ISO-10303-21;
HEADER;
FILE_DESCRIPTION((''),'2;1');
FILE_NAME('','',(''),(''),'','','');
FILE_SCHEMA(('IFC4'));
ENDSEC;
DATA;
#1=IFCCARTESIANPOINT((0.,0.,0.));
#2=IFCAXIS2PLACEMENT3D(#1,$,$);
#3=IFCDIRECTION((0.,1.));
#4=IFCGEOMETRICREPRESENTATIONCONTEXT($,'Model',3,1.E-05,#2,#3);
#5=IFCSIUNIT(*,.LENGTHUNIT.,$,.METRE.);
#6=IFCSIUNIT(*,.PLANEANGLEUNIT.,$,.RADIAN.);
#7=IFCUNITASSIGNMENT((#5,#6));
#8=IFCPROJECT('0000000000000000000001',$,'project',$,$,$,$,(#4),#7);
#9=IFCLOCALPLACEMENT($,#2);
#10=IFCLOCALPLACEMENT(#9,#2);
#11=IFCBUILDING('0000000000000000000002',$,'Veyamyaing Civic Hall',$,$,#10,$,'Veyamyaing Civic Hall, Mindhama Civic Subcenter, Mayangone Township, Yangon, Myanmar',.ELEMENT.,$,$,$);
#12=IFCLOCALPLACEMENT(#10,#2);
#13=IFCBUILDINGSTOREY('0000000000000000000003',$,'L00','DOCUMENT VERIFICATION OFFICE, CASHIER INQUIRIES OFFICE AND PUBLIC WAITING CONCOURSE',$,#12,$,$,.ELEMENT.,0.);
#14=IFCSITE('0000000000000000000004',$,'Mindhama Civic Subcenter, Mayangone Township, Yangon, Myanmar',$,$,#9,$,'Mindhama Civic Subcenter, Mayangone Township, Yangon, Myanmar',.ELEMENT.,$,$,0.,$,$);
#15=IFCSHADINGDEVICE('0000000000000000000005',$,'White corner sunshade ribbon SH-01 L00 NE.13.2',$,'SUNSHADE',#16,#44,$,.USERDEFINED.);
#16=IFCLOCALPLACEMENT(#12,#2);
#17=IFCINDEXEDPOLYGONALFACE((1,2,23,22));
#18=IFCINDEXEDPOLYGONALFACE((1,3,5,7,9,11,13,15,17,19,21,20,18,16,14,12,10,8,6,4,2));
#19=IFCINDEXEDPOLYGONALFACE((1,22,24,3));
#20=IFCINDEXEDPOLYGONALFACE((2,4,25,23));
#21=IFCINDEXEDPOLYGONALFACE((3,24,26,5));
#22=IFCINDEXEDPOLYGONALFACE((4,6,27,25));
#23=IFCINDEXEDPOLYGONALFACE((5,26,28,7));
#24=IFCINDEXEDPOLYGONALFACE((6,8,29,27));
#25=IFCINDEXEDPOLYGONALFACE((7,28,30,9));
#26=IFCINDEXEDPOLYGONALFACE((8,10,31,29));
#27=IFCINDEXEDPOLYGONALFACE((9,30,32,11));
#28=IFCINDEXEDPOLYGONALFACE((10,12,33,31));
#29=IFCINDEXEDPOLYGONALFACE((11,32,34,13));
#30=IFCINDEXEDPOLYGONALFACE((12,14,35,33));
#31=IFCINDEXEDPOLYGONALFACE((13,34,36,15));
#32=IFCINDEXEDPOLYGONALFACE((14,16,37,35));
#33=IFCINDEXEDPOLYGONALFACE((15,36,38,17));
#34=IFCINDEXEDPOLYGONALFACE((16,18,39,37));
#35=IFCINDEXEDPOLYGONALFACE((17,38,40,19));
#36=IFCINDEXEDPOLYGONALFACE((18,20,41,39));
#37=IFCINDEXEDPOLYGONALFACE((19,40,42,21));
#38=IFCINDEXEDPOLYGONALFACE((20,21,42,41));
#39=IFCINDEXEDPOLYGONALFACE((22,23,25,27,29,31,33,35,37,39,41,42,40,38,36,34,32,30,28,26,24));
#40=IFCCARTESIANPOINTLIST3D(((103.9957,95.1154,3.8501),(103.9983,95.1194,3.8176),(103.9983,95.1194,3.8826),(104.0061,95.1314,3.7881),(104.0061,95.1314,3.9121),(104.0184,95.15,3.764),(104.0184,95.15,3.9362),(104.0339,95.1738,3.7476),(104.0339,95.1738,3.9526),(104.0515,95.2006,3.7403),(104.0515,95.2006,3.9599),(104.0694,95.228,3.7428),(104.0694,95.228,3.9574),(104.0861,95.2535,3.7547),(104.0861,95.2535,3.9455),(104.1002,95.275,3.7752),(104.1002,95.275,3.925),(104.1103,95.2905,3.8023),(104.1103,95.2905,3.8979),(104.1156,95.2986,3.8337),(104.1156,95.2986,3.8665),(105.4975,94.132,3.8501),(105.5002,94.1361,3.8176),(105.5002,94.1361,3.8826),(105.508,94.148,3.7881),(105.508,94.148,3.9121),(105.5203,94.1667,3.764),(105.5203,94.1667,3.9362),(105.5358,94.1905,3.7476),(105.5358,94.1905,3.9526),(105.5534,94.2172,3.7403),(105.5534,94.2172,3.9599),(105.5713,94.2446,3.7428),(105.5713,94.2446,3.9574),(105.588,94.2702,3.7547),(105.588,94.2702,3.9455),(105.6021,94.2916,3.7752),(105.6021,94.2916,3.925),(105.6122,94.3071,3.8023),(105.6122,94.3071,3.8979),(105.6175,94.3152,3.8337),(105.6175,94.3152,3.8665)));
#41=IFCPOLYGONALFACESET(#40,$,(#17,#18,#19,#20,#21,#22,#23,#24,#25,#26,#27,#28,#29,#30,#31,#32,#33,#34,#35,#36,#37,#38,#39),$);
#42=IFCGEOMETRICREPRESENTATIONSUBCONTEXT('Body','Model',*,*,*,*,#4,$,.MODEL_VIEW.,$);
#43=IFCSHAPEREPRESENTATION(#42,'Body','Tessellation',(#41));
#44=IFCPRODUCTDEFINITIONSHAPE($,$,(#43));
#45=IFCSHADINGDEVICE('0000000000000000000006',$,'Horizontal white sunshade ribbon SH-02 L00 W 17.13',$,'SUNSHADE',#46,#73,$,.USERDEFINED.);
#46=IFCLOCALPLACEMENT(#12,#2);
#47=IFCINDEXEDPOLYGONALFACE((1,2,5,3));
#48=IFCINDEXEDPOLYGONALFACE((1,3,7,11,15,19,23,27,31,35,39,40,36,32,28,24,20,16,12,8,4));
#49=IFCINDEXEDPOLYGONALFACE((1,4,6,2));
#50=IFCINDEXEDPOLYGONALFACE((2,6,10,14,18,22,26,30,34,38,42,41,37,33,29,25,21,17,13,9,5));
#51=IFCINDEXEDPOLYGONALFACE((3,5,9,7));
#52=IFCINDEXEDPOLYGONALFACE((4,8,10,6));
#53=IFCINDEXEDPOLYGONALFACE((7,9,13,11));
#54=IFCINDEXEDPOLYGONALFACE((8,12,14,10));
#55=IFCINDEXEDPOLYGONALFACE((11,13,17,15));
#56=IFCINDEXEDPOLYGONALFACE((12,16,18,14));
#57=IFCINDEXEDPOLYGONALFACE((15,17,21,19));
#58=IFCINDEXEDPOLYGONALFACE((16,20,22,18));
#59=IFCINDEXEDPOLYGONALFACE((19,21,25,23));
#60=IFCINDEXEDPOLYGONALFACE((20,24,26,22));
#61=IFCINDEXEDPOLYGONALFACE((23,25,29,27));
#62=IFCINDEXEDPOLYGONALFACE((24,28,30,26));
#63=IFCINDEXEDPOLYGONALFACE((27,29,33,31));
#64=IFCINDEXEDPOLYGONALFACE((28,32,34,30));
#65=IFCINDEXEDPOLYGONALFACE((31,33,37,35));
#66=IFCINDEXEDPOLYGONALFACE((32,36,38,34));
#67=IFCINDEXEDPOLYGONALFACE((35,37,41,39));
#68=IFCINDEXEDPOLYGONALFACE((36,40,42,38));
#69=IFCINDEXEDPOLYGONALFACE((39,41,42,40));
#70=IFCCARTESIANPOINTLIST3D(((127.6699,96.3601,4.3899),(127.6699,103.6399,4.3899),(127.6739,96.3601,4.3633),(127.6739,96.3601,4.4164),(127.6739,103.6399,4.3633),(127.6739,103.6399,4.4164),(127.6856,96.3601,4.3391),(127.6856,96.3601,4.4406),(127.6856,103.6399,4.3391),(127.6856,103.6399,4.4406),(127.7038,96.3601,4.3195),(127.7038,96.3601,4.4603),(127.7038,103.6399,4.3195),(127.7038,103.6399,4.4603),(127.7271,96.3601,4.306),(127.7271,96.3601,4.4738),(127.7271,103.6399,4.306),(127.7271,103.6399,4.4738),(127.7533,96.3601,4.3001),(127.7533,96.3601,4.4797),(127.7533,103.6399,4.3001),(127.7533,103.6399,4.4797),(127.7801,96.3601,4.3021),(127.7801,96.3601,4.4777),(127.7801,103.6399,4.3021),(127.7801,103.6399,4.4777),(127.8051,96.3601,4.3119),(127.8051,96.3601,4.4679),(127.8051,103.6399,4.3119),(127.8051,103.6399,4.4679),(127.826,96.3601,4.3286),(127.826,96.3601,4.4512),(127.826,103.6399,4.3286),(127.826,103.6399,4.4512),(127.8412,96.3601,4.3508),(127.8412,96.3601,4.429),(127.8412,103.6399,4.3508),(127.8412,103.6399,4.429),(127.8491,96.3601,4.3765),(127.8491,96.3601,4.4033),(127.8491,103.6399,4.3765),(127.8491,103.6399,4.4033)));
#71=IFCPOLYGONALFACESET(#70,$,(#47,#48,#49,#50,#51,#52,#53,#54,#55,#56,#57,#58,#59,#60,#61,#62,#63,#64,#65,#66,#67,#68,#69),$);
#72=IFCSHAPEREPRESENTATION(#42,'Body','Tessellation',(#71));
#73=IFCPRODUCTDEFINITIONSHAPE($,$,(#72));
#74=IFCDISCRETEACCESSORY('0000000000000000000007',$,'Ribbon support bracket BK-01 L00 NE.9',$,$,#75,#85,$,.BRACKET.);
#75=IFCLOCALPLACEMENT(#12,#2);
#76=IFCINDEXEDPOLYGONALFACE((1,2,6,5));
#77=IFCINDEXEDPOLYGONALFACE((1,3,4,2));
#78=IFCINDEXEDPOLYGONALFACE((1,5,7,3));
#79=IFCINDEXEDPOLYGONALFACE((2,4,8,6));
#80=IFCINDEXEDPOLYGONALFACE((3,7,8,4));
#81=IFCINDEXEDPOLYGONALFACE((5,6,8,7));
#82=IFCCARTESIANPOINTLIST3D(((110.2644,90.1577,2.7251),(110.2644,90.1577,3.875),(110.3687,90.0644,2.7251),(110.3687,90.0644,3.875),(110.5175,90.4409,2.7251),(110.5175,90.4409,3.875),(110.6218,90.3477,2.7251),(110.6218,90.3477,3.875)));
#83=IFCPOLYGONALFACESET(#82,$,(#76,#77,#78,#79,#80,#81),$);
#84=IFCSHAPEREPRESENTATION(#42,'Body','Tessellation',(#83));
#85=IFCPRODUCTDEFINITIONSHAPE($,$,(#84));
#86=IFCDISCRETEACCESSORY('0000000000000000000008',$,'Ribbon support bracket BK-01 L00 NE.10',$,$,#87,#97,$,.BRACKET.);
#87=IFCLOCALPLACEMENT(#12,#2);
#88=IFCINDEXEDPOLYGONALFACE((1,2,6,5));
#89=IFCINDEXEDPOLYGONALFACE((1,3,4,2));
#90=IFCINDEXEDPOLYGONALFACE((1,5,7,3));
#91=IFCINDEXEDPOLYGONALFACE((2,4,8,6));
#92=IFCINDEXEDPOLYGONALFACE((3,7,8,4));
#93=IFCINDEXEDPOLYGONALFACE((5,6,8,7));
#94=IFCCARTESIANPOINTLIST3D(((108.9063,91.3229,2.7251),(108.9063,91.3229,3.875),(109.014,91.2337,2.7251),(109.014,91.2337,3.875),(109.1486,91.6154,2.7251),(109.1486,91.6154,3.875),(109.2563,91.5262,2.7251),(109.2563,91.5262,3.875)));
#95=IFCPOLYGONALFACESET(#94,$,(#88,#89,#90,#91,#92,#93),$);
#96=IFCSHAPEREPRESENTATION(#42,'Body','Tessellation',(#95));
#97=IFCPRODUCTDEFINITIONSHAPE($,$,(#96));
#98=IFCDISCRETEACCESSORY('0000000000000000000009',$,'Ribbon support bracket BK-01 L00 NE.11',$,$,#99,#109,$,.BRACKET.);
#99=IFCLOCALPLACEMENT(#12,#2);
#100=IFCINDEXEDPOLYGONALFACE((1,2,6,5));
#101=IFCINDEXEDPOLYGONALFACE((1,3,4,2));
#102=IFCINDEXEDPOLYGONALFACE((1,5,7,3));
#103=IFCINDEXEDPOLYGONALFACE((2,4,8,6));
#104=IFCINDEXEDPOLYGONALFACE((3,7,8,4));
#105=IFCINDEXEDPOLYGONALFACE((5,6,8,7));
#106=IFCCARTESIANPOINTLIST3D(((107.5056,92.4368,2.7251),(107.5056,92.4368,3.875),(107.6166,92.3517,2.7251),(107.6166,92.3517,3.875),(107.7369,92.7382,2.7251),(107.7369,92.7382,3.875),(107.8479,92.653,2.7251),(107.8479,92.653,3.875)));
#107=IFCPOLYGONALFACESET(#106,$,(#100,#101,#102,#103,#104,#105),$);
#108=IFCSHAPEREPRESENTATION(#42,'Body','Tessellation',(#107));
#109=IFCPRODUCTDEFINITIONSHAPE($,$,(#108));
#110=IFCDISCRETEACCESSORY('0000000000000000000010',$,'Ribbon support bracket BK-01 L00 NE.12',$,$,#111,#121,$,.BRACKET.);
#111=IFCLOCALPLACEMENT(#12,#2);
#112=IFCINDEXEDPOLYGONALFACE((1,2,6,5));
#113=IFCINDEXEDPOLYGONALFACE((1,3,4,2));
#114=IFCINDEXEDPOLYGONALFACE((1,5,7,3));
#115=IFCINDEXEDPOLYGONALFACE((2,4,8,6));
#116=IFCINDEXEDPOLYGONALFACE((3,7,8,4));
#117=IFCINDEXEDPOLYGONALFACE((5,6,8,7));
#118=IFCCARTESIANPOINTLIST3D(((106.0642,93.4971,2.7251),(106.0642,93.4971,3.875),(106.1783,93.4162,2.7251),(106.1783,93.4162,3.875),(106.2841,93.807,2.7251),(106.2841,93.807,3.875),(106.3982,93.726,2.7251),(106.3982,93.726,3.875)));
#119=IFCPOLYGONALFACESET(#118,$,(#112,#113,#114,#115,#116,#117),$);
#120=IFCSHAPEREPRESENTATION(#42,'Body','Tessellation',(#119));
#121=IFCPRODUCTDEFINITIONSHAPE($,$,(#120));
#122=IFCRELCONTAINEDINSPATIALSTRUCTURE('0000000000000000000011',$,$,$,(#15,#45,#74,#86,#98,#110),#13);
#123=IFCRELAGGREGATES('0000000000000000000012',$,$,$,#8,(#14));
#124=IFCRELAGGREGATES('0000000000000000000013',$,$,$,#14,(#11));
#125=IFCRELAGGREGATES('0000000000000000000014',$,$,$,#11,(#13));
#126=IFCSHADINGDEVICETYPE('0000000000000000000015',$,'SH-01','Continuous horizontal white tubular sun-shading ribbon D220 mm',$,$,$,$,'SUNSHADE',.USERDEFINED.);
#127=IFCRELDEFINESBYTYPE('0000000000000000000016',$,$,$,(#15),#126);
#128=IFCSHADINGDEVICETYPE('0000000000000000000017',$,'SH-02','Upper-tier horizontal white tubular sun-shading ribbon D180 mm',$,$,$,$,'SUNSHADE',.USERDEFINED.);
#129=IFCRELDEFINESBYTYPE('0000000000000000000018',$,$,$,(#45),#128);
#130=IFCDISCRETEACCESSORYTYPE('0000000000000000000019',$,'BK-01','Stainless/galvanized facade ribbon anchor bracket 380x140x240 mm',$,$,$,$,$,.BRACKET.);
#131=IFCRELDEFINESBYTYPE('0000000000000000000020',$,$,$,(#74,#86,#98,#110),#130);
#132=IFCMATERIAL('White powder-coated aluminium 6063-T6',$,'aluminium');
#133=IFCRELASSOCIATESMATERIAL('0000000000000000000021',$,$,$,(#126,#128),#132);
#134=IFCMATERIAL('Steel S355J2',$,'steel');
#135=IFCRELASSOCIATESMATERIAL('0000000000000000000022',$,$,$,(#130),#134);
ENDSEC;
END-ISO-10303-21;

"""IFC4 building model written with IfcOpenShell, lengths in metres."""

from ifc_helpers import new_model, si_unit, direction, frame, origin, origin_2d, place, context, subcontext, project, spatial, rectangle, circle, extrude, material, material_profile, profile_set, type_object, element, save


model = new_model("IFC4")

# Units and contexts
model_context = context("Model", 3, precision=1e-05, world=origin(), true_north=direction((0.0, 1.0)))
body_context = subcontext(model_context, "Body", "Model", "MODEL_VIEW")
ifc_project = project(units=[si_unit("LENGTHUNIT", "METRE"), si_unit("PLANEANGLEUNIT", "RADIAN")], contexts=[model_context])

# Site, building, storey
site_placement = place(None, origin())
site = spatial("IfcSite", under=ifc_project, at=site_placement, Name="Mindhama Civic Subcenter, Mayangone Township, Yangon, Myanmar", LongName="Mindhama Civic Subcenter, Mayangone Township, Yangon, Myanmar", CompositionType="ELEMENT", RefElevation=0.0)
building_placement = place(site_placement, origin())
building = spatial("IfcBuilding", under=site, at=building_placement, Name="Veyamyaing Civic Hall", LongName="Veyamyaing Civic Hall, Mindhama Civic Subcenter, Mayangone Township, Yangon, Myanmar", CompositionType="ELEMENT")
storey_placement = place(building_placement, origin())
storey = spatial("IfcBuildingStorey", under=building, at=storey_placement, Name="L00", Description="DOCUMENT VERIFICATION OFFICE, CASHIER INQUIRIES OFFICE AND PUBLIC WAITING CONCOURSE", CompositionType="ELEMENT", Elevation=0.0)

# Shared definitions
ifc_material_1 = material(Name="White powder-coated aluminium 6063-T6", Category="aluminium")

# Shared definitions
ifc_material_2 = material(Name="Steel S355J2", Category="steel")

# Shading devices
ifc_material_profile_1 = material_profile(ifc_material_1, circle(Radius=0.1101, at=origin_2d()), Name="SHADE-TUBE-220")
ifc_profile_set_1 = profile_set([ifc_material_profile_1], Name="White powder-coated aluminium 6063-T6")
shading_device_type_1 = type_object("IfcShadingDeviceType", Name="SH-01", Description="Continuous horizontal white tubular sun-shading ribbon D220 mm", ElementType="SUNSHADE", PredefinedType="USERDEFINED", material=ifc_profile_set_1)
for number, where, z_axis, x_axis, name in (
    (1, (105.5579, 94.2241, 3.8501), (-0.836624, 0.547777, 0.0), (-0.547777, -0.836624, 0.0), "White corner sunshade ribbon SH-01 L00 NE.13.2"),
):
    element("IfcShadingDevice", number, at=place(storey_placement, frame(where, z_axis=z_axis, x_axis=x_axis)), inside=storey, type_object=shading_device_type_1, Name=name, ObjectType="SUNSHADE", PredefinedType="USERDEFINED", context=body_context, shape_type="SweptSolid", body=[
        extrude(circle(Radius=0.1101, at=origin_2d()), origin(), (0.0, 0.0, 1.0), 1.7952),
    ])
ifc_material_profile_2 = material_profile(ifc_material_1, circle(Radius=0.0901, at=origin_2d()), Name="SHADE-TUBE-180")
ifc_profile_set_2 = profile_set([ifc_material_profile_2], Name="White powder-coated aluminium 6063-T6")
shading_device_type_2 = type_object("IfcShadingDeviceType", Name="SH-02", Description="Upper-tier horizontal white tubular sun-shading ribbon D180 mm", ElementType="SUNSHADE", PredefinedType="USERDEFINED", material=ifc_profile_set_2)
shading_device_placement = place(storey_placement, frame((127.76, 96.3601, 4.3899), z_axis=(0.0, 1.0, 0.0), x_axis=(-1.0, 0.0, 0.0)))
element("IfcShadingDevice", 2, at=shading_device_placement, inside=storey, type_object=shading_device_type_2, Name="Horizontal white sunshade ribbon SH-02 L00 W 17.13", ObjectType="SUNSHADE", PredefinedType="USERDEFINED", context=body_context, shape_type="SweptSolid", body=[
    extrude(circle(Radius=0.0901, at=origin_2d()), origin(), (0.0, 0.0, 1.0), 7.2798),
])

# Discrete accessories
discrete_accessory_type = type_object("IfcDiscreteAccessoryType", Name="BK-01", Description="Stainless/galvanized facade ribbon anchor bracket 380x140x240 mm", PredefinedType="BRACKET", material=ifc_material_2)
for number, where, z_axis, x_axis, name in (
    (3, (110.4431, 90.2527, 2.7251), (0.0, 0.0, 1.0), (0.666347, 0.745642, 0.0), "Ribbon support bracket BK-01 L00 NE.9"),
    (4, (109.0813, 91.4246, 2.7251), (0.0, 0.0, 1.0), (0.638, 0.770036, 0.0), "Ribbon support bracket BK-01 L00 NE.10"),
    (5, (107.6768, 92.5449, 2.7251), (0.0, 0.0, 1.0), (0.608761, 0.793353, 0.0), "Ribbon support bracket BK-01 L00 NE.11"),
    (6, (106.2312, 93.6116, 2.7251), (0.0, 0.0, 1.0), (0.578671, 0.815561, 0.0), "Ribbon support bracket BK-01 L00 NE.12"),
):
    element("IfcDiscreteAccessory", number, at=place(storey_placement, frame(where, z_axis=z_axis, x_axis=x_axis)), inside=storey, type_object=discrete_accessory_type, Name=name, PredefinedType="BRACKET", context=body_context, shape_type="SweptSolid", body=[
        extrude(rectangle(XDim=0.3799, YDim=0.1399, at=origin_2d()), origin(), (0.0, 0.0, 1.0), 1.1499),
    ])

save(model, "model.ifc")
